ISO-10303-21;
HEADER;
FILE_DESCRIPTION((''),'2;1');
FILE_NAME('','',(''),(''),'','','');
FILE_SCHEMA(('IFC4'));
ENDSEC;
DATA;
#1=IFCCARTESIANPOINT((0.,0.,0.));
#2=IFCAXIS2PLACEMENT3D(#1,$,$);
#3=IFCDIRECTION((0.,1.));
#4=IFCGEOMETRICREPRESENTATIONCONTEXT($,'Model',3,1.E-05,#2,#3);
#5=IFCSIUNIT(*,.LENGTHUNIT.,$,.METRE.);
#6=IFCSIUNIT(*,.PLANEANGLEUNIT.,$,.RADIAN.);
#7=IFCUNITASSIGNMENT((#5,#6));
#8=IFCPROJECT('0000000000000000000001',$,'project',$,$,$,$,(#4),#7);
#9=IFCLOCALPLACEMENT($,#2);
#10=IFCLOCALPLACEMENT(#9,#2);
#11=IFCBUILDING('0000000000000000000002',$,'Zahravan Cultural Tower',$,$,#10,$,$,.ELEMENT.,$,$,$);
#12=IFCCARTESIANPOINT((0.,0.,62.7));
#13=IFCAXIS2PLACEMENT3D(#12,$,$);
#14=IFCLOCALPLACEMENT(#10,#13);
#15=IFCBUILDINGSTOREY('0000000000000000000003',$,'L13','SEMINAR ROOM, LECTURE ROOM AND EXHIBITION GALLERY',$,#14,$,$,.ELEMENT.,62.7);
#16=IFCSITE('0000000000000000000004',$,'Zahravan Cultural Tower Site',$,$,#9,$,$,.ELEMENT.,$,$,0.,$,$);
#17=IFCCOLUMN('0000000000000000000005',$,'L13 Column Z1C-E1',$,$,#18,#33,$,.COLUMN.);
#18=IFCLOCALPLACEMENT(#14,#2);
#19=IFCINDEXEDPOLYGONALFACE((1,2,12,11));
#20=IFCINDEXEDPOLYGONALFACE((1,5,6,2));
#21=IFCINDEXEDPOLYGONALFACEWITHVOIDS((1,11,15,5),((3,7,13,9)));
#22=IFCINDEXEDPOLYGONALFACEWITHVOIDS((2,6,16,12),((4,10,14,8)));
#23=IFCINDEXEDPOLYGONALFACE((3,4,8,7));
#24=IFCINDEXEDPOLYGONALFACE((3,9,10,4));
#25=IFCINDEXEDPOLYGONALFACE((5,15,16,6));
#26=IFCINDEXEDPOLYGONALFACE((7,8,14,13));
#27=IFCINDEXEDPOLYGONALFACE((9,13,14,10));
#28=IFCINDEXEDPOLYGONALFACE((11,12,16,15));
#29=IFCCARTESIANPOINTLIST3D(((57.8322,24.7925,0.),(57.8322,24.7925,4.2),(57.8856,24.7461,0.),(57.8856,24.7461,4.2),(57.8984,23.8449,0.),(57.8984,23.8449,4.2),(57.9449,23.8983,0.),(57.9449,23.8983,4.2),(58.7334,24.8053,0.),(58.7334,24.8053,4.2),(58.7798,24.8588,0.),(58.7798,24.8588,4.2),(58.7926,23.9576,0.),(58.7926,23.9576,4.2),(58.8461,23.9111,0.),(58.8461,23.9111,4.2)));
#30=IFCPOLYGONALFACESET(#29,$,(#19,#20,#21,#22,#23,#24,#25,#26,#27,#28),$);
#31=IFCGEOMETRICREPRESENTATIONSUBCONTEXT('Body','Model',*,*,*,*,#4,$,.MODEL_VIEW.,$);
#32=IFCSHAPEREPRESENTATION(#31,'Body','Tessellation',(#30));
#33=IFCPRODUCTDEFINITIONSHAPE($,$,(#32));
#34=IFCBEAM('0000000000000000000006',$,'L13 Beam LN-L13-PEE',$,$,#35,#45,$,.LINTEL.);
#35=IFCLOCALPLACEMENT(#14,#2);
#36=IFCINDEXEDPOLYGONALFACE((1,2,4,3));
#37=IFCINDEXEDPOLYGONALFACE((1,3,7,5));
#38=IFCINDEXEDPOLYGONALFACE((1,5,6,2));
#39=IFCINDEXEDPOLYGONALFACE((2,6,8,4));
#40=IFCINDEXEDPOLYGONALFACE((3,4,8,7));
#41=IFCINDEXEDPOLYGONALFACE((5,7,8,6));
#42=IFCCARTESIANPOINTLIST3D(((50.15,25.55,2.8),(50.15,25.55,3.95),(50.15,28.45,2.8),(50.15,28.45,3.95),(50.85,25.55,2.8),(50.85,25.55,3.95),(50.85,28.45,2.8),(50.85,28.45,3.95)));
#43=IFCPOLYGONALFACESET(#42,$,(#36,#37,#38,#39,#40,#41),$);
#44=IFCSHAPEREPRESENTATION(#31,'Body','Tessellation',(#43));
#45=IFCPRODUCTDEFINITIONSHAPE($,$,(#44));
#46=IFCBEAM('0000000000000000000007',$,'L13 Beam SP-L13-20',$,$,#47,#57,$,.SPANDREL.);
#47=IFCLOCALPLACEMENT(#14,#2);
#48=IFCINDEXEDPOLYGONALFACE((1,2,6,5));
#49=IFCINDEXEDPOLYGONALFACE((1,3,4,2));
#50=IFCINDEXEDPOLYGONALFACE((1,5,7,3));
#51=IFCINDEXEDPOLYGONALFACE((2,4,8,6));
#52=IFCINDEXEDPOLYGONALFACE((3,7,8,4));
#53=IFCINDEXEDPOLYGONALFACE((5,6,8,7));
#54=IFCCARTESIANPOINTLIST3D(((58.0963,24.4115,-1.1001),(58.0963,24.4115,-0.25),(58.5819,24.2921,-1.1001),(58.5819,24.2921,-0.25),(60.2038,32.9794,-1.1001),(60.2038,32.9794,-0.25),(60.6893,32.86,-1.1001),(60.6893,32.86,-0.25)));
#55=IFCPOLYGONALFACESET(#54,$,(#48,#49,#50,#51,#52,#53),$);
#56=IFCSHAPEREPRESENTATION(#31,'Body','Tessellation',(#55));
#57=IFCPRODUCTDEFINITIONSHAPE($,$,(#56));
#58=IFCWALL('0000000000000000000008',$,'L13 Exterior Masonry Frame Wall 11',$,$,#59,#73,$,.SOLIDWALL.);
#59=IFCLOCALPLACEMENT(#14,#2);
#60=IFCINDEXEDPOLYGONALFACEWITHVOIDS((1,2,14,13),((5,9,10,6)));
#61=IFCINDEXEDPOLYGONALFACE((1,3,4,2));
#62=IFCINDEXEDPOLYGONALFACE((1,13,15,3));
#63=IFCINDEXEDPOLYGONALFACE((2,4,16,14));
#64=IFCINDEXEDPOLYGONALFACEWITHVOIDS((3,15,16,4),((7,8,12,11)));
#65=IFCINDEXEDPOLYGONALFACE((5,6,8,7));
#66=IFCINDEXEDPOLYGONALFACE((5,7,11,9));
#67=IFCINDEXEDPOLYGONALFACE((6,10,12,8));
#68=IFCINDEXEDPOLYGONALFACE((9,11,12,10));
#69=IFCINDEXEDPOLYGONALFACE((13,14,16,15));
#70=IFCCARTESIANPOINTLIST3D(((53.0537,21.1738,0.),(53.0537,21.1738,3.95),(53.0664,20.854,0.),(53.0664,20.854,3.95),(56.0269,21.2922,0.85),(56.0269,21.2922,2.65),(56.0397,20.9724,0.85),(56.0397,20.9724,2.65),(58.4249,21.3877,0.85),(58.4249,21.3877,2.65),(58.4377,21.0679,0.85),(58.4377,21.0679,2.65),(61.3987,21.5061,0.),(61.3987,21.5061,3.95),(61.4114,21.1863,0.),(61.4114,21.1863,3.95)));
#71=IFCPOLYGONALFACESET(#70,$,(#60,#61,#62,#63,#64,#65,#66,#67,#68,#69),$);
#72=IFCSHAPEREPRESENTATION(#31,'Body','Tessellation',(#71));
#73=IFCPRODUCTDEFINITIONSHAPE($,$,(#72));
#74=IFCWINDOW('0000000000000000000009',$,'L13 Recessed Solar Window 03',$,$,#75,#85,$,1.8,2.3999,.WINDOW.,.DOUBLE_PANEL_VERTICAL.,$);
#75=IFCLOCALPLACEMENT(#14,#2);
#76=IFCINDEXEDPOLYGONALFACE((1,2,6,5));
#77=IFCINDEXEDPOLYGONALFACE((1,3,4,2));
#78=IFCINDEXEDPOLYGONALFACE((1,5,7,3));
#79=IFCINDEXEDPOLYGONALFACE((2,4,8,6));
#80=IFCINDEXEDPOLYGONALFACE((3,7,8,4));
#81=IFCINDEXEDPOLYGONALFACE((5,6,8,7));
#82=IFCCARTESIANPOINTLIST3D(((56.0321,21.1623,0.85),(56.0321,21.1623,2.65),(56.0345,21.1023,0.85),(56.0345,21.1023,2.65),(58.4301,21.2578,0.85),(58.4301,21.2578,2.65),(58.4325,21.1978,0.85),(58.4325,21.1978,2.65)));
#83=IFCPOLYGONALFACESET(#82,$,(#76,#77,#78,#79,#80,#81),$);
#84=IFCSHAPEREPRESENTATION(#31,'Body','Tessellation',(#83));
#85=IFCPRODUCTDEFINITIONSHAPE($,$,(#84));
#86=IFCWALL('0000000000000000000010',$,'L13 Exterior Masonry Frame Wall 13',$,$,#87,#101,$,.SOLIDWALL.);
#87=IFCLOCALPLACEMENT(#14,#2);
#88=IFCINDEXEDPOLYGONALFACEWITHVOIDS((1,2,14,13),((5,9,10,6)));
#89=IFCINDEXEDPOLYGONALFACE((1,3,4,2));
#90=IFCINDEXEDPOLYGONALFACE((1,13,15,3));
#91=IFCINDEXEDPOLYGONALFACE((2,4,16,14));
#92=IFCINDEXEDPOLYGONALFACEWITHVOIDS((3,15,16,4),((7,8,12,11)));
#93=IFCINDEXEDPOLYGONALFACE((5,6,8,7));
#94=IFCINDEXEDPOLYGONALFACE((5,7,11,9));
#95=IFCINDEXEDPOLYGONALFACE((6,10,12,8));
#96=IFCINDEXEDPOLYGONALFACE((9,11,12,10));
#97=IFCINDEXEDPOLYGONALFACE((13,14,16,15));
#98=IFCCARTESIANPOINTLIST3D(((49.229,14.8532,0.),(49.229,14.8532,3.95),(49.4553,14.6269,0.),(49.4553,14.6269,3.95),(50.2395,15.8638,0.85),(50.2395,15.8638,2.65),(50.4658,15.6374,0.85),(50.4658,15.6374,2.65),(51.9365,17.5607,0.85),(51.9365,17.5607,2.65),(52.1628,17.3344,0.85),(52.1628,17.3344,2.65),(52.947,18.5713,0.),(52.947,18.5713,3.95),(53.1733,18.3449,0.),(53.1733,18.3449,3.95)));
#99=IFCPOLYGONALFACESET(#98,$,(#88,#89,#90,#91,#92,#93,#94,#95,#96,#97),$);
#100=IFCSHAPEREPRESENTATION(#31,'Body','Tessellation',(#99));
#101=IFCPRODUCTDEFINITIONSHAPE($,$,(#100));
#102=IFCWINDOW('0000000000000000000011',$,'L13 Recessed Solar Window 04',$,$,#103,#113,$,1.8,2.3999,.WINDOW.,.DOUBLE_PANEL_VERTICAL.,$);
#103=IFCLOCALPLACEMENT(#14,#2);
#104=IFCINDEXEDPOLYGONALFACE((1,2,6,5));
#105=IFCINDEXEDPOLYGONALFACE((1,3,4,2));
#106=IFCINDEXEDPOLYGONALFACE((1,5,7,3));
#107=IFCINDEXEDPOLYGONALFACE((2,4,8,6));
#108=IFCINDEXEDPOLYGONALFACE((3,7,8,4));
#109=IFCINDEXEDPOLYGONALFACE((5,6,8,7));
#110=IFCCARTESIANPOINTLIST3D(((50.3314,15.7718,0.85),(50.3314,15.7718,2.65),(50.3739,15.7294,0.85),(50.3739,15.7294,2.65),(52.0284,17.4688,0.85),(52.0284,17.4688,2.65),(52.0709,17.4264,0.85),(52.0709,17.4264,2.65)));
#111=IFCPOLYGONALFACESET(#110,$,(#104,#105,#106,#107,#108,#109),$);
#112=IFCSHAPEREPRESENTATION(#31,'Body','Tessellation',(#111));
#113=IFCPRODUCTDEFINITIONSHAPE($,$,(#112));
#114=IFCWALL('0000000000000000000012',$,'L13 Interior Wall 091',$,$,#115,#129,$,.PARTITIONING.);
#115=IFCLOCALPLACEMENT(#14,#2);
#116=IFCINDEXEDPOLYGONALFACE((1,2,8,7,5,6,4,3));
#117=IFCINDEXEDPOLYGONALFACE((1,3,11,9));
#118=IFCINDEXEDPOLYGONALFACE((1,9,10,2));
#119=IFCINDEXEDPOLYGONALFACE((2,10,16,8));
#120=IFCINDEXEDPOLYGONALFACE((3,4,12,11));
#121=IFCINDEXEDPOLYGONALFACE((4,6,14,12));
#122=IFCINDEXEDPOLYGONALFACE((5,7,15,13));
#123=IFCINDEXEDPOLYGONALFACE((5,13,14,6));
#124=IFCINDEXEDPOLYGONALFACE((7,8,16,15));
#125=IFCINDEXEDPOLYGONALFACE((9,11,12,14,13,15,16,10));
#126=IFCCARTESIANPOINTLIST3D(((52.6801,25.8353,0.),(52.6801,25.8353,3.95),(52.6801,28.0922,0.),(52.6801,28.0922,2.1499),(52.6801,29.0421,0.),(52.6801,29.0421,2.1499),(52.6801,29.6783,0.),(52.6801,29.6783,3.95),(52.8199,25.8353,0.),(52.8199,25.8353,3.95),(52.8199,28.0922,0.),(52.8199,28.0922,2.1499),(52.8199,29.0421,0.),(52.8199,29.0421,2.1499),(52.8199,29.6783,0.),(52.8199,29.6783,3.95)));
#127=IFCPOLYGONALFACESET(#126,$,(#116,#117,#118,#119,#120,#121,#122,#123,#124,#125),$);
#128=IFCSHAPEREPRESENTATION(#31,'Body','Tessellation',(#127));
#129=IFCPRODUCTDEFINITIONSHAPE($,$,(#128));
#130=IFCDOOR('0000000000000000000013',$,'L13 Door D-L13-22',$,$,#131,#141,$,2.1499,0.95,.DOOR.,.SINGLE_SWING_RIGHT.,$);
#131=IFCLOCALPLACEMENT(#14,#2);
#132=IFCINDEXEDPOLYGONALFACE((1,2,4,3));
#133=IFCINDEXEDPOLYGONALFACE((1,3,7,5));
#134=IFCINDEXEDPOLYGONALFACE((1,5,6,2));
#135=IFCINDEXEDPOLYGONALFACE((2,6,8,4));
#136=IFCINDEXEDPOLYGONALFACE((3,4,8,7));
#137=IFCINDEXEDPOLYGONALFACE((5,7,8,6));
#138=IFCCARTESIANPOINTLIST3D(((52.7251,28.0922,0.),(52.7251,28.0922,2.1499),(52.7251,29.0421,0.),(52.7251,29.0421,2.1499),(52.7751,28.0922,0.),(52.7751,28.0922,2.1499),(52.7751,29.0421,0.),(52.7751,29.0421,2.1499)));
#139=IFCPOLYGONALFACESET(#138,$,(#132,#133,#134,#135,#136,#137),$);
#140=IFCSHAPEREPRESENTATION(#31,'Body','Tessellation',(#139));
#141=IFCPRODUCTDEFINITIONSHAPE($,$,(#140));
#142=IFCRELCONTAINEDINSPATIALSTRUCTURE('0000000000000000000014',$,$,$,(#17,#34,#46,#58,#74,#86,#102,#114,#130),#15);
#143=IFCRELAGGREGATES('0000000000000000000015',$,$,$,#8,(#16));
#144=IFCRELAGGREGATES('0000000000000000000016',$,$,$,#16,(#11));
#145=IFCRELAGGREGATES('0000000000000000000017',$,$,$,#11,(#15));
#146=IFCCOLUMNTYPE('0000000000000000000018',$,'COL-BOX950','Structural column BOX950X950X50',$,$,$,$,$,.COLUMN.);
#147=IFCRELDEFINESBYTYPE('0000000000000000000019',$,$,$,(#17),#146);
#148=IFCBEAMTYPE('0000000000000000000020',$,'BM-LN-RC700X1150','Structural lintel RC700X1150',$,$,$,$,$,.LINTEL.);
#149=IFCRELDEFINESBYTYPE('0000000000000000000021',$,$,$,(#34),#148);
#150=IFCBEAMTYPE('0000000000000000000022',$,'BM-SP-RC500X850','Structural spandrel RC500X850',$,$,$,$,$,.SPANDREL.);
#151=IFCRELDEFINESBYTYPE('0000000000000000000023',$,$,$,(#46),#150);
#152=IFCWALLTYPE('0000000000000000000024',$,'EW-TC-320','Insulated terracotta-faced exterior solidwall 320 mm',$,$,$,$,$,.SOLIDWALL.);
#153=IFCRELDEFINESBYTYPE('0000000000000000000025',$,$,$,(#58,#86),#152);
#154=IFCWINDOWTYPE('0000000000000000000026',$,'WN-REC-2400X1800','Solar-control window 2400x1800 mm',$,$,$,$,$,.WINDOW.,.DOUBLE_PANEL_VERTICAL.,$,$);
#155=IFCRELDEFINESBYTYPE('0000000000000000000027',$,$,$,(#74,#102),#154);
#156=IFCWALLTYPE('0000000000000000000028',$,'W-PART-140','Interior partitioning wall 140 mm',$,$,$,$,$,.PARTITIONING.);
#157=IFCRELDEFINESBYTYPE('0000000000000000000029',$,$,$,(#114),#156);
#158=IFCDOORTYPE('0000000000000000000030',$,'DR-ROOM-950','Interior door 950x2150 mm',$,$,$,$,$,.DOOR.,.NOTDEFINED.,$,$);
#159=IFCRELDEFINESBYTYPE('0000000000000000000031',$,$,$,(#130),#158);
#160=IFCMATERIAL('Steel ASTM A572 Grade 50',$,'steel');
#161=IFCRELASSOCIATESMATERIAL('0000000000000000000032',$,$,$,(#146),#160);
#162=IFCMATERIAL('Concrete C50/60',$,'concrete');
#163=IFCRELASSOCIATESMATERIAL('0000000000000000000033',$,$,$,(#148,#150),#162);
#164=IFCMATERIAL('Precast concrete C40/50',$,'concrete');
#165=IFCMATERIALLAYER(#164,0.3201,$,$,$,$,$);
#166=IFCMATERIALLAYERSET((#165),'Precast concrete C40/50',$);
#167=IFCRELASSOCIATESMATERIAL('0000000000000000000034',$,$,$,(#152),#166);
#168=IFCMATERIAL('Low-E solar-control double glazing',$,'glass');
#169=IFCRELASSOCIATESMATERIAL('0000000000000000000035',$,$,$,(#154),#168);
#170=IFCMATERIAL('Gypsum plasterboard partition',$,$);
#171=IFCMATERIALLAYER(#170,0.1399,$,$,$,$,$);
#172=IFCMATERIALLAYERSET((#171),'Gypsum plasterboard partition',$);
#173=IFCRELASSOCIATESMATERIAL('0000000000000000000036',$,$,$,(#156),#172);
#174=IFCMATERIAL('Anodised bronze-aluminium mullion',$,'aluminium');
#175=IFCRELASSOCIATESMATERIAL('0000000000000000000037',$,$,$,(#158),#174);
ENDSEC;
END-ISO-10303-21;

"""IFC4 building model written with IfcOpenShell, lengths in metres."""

from ifc_helpers import new_model, si_unit, direction, frame, frame_2d, origin, origin_2d, place, context, subcontext, project, spatial, rectangle, hollow_rectangle, extrude, source, transform, mapped, material, layer, layer_set, material_profile, profile_set, type_object, element, fill, save


model = new_model("IFC4")

# Units and contexts
model_context = context("Model", 3, precision=1e-05, world=origin(), true_north=direction((0.0, 1.0)))
body_context = subcontext(model_context, "Body", "Model", "MODEL_VIEW")
ifc_project = project(units=[si_unit("LENGTHUNIT", "METRE"), si_unit("PLANEANGLEUNIT", "RADIAN")], contexts=[model_context])

# Site, building, storey
site_placement = place(None, origin())
site = spatial("IfcSite", under=ifc_project, at=site_placement, Name="Zahravan Cultural Tower Site", CompositionType="ELEMENT", RefElevation=0.0)
building_placement = place(site_placement, origin())
building = spatial("IfcBuilding", under=site, at=building_placement, Name="Zahravan Cultural Tower", CompositionType="ELEMENT")
storey_placement = place(building_placement, frame((0.0, 0.0, 62.7)))
storey = spatial("IfcBuildingStorey", under=building, at=storey_placement, Name="L13", Description="SEMINAR ROOM, LECTURE ROOM AND EXHIBITION GALLERY", CompositionType="ELEMENT", Elevation=62.7)

# Column
ifc_material_1 = material(Name="Steel ASTM A572 Grade 50", Category="steel")
ifc_material_profile_1 = material_profile(ifc_material_1, hollow_rectangle(XDim=0.95, YDim=0.95, WallThickness=0.05, at=origin_2d()), Name="BOX950X950X50")
ifc_profile_set_1 = profile_set([ifc_material_profile_1], Name="Steel ASTM A572 Grade 50")
column_type = type_object("IfcColumnType", Name="COL-BOX950", Description="Structural column BOX950X950X50", PredefinedType="COLUMN", material=ifc_profile_set_1)
shared_shape_1 = source(origin(), body_context, "Body", "SweptSolid", [
    extrude(hollow_rectangle(XDim=0.95, YDim=0.95, WallThickness=0.05, at=origin_2d()), origin(), (0.0, 0.0, 1.0), 4.2),
])
column_placement = place(storey_placement, frame((58.3391, 24.3518, 0.0), z_axis=(0.0, 0.0, 1.0), x_axis=(0.997564, 0.069756, 0.0)))
element("IfcColumn", 1, at=column_placement, inside=storey, type_object=column_type, Name="L13 Column Z1C-E1", PredefinedType="COLUMN", context=body_context, shape_type="MappedRepresentation", body=[
    mapped(shared_shape_1, transform((0.0, 0.0, 0.0), x_axis=(1.0, 0.0, 0.0), y_axis=(0.0, 1.0, 0.0), z_axis=(0.0, 0.0, 1.0), scale=1.0)),
])

# Beams
ifc_material_2 = material(Name="Concrete C50/60", Category="concrete")
ifc_material_profile_2 = material_profile(ifc_material_2, rectangle(XDim=0.7, YDim=1.1499, at=origin_2d()), Name="RC700X1150")
ifc_profile_set_2 = profile_set([ifc_material_profile_2], Name="Concrete C50/60")
beam_type_1 = type_object("IfcBeamType", Name="BM-LN-RC700X1150", Description="Structural lintel RC700X1150", PredefinedType="LINTEL", material=ifc_profile_set_2)
shared_shape_2 = source(origin(), body_context, "Body", "SweptSolid", [
    extrude(rectangle(XDim=0.7, YDim=1.1499, at=origin_2d()), origin(), (0.0, 0.0, 1.0), 2.8999),
])
beam_1_placement = place(storey_placement, frame((50.5, 25.55, 3.375), z_axis=(0.0, 1.0, 0.0), x_axis=(-1.0, 0.0, 0.0)))
element("IfcBeam", 2, at=beam_1_placement, inside=storey, type_object=beam_type_1, Name="L13 Beam LN-L13-PEE", PredefinedType="LINTEL", context=body_context, shape_type="MappedRepresentation", body=[
    mapped(shared_shape_2, transform((0.0, 0.0, 0.0), x_axis=(1.0, 0.0, 0.0), y_axis=(0.0, 1.0, 0.0), z_axis=(0.0, 0.0, 1.0), scale=1.0)),
])
ifc_material_profile_3 = material_profile(ifc_material_2, rectangle(XDim=0.5, YDim=0.8501, at=origin_2d()), Name="RC500X850")
ifc_profile_set_3 = profile_set([ifc_material_profile_3], Name="Concrete C50/60")
beam_type_2 = type_object("IfcBeamType", Name="BM-SP-RC500X850", Description="Structural spandrel RC500X850", PredefinedType="SPANDREL", material=ifc_profile_set_3)
shared_shape_3 = source(origin(), body_context, "Body", "SweptSolid", [
    extrude(rectangle(XDim=0.5, YDim=0.8501, at=origin_2d()), origin(), (0.0, 0.0, 1.0), 8.8232),
])
beam_2_placement = place(storey_placement, frame((58.3391, 24.3518, -0.675), z_axis=(0.238849, 0.971057, 0.0), x_axis=(-0.971057, 0.238849, 0.0)))
element("IfcBeam", 3, at=beam_2_placement, inside=storey, type_object=beam_type_2, Name="L13 Beam SP-L13-20", PredefinedType="SPANDREL", context=body_context, shape_type="MappedRepresentation", body=[
    mapped(shared_shape_3, transform((0.0, 0.0, 0.0), x_axis=(1.0, 0.0, 0.0), y_axis=(0.0, 1.0, 0.0), z_axis=(0.0, 0.0, 1.0), scale=1.0)),
])

# Walls, openings, windows
ifc_material_3 = material(Name="Precast concrete C40/50", Category="concrete")
ifc_layer_1 = layer(ifc_material_3, 0.3201)
ifc_layer_set_1 = layer_set([ifc_layer_1], Name="Precast concrete C40/50")
wall_type_1 = type_object("IfcWallType", Name="EW-TC-320", Description="Insulated terracotta-faced exterior solidwall 320 mm", PredefinedType="SOLIDWALL", material=ifc_layer_set_1)
wall_1_placement = place(storey_placement, frame((61.405, 21.3462, 0.0), z_axis=(0.0, 0.0, 1.0), x_axis=(-0.999208, -0.039786, 0.0)))
wall_1 = element("IfcWall", 4, at=wall_1_placement, inside=storey, type_object=wall_type_1, Name="L13 Exterior Masonry Frame Wall 11", PredefinedType="SOLIDWALL", context=body_context, shape_type="SweptSolid", body=[
    extrude(rectangle(XDim=8.3516, YDim=0.3201, at=frame_2d((4.1758, 0.0))), origin(), (0.0, 0.0, 1.0), 3.95),
])
opening_1_placement = place(wall_1_placement, frame((2.9761, 0.0, 0.8501)))
opening_1 = element("IfcOpeningElement", 5, at=opening_1_placement, cuts=wall_1, PredefinedType="OPENING", context=body_context, shape_type="SweptSolid", body=[
    extrude(rectangle(XDim=2.3999, YDim=1.8, at=frame_2d((1.2, 0.8999))), frame((0.0, 0.1699, 0.0), z_axis=(0.0, -1.0, 0.0), x_axis=(1.0, 0.0, 0.0)), (0.0, 0.0, 1.0), 0.3401),
])
ifc_material_4 = material(Name="Low-E solar-control double glazing", Category="glass")
window_type = type_object("IfcWindowType", Name="WN-REC-2400X1800", Description="Solar-control window 2400x1800 mm", PartitioningType="DOUBLE_PANEL_VERTICAL", PredefinedType="WINDOW", material=ifc_material_4)
shared_shape_4 = source(origin(), body_context, "Body", "SweptSolid", [
    extrude(rectangle(XDim=2.3999, YDim=1.8, at=frame_2d((1.2, 0.8999))), frame((0.0, 0.03, 0.0), z_axis=(0.0, -1.0, 0.0), x_axis=(1.0, 0.0, 0.0)), (0.0, 0.0, 1.0), 0.0601),
])
window_1_placement = place(opening_1_placement, origin())
window_1 = element("IfcWindow", 6, at=window_1_placement, inside=storey, type_object=window_type, Name="L13 Recessed Solar Window 03", OverallHeight=1.8, OverallWidth=2.3999, PartitioningType="DOUBLE_PANEL_VERTICAL", PredefinedType="WINDOW", context=body_context, shape_type="MappedRepresentation", body=[
    mapped(shared_shape_4, transform((0.0, 0.0, 0.0), x_axis=(1.0, 0.0, 0.0), y_axis=(0.0, 1.0, 0.0), z_axis=(0.0, 0.0, 1.0), scale=1.0)),
])
fill(opening_1, window_1)
wall_2_placement = place(storey_placement, frame((53.0601, 18.458, 0.0), z_axis=(0.0, 0.0, 1.0), x_axis=(-0.707107, -0.707107, 0.0)))
wall_2 = element("IfcWall", 7, at=wall_2_placement, inside=storey, type_object=wall_type_1, Name="L13 Exterior Masonry Frame Wall 13", PredefinedType="SOLIDWALL", context=body_context, shape_type="SweptSolid", body=[
    extrude(rectangle(XDim=5.2581, YDim=0.3201, at=frame_2d((2.6289, 0.0))), origin(), (0.0, 0.0, 1.0), 3.95),
])
opening_2_placement = place(wall_2_placement, frame((1.429, 0.0, 0.8501)))
opening_2 = element("IfcOpeningElement", 8, at=opening_2_placement, cuts=wall_2, PredefinedType="OPENING", context=body_context, shape_type="SweptSolid", body=[
    extrude(rectangle(XDim=2.3999, YDim=1.8, at=frame_2d((1.2, 0.8999))), frame((0.0, 0.1699, 0.0), z_axis=(0.0, -1.0, 0.0), x_axis=(1.0, 0.0, 0.0)), (0.0, 0.0, 1.0), 0.3401),
])
window_2_placement = place(opening_2_placement, origin())
window_2 = element("IfcWindow", 9, at=window_2_placement, inside=storey, type_object=window_type, Name="L13 Recessed Solar Window 04", OverallHeight=1.8, OverallWidth=2.3999, PartitioningType="DOUBLE_PANEL_VERTICAL", PredefinedType="WINDOW", context=body_context, shape_type="MappedRepresentation", body=[
    mapped(shared_shape_4, transform((0.0, 0.0, 0.0), x_axis=(1.0, 0.0, 0.0), y_axis=(0.0, 1.0, 0.0), z_axis=(0.0, 0.0, 1.0), scale=1.0)),
])
fill(opening_2, window_2)

# Wall, opening, door
ifc_material_5 = material(Name="Gypsum plasterboard partition")
ifc_layer_2 = layer(ifc_material_5, 0.1399)
ifc_layer_set_2 = layer_set([ifc_layer_2], Name="Gypsum plasterboard partition")
wall_type_2 = type_object("IfcWallType", Name="W-PART-140", Description="Interior partitioning wall 140 mm", PredefinedType="PARTITIONING", material=ifc_layer_set_2)
wall_3_placement = place(storey_placement, frame((52.75, 25.8354, 0.0), z_axis=(0.0, 0.0, 1.0), x_axis=(0.0, 1.0, 0.0)))
wall_3 = element("IfcWall", 10, at=wall_3_placement, inside=storey, type_object=wall_type_2, Name="L13 Interior Wall 091", PredefinedType="PARTITIONING", context=body_context, shape_type="SweptSolid", body=[
    extrude(rectangle(XDim=3.843, YDim=0.1399, at=frame_2d((1.9214, 0.0))), origin(), (0.0, 0.0, 1.0), 3.95),
])
opening_3_placement = place(wall_3_placement, frame((2.2566, 0.0, 0.0)))
opening_3 = element("IfcOpeningElement", 11, at=opening_3_placement, cuts=wall_3, PredefinedType="OPENING", context=body_context, shape_type="SweptSolid", body=[
    extrude(rectangle(XDim=0.95, YDim=2.1499, at=frame_2d((0.4751, 1.075))), frame((0.0, 0.0798, 0.0), z_axis=(0.0, -1.0, 0.0), x_axis=(1.0, 0.0, 0.0)), (0.0, 0.0, 1.0), 0.1599),
])
ifc_material_6 = material(Name="Anodised bronze-aluminium mullion", Category="aluminium")
door_type = type_object("IfcDoorType", Name="DR-ROOM-950", Description="Interior door 950x2150 mm", OperationType="NOTDEFINED", PredefinedType="DOOR", material=ifc_material_6)
shared_shape_5 = source(origin(), body_context, "Body", "SweptSolid", [
    extrude(rectangle(XDim=0.95, YDim=2.1499, at=frame_2d((0.4751, 1.075))), frame((0.0, 0.0249, 0.0), z_axis=(0.0, -1.0, 0.0), x_axis=(1.0, 0.0, 0.0)), (0.0, 0.0, 1.0), 0.05),
])
door_1_placement = place(opening_3_placement, origin())
door_1 = element("IfcDoor", 12, at=door_1_placement, inside=storey, type_object=door_type, Name="L13 Door D-L13-22", OperationType="SINGLE_SWING_RIGHT", OverallHeight=2.1499, OverallWidth=0.95, PredefinedType="DOOR", context=body_context, shape_type="MappedRepresentation", body=[
    mapped(shared_shape_5, transform((0.0, 0.0, 0.0), x_axis=(1.0, 0.0, 0.0), y_axis=(0.0, 1.0, 0.0), z_axis=(0.0, 0.0, 1.0), scale=1.0)),
])
fill(opening_3, door_1)

save(model, "model.ifc")
